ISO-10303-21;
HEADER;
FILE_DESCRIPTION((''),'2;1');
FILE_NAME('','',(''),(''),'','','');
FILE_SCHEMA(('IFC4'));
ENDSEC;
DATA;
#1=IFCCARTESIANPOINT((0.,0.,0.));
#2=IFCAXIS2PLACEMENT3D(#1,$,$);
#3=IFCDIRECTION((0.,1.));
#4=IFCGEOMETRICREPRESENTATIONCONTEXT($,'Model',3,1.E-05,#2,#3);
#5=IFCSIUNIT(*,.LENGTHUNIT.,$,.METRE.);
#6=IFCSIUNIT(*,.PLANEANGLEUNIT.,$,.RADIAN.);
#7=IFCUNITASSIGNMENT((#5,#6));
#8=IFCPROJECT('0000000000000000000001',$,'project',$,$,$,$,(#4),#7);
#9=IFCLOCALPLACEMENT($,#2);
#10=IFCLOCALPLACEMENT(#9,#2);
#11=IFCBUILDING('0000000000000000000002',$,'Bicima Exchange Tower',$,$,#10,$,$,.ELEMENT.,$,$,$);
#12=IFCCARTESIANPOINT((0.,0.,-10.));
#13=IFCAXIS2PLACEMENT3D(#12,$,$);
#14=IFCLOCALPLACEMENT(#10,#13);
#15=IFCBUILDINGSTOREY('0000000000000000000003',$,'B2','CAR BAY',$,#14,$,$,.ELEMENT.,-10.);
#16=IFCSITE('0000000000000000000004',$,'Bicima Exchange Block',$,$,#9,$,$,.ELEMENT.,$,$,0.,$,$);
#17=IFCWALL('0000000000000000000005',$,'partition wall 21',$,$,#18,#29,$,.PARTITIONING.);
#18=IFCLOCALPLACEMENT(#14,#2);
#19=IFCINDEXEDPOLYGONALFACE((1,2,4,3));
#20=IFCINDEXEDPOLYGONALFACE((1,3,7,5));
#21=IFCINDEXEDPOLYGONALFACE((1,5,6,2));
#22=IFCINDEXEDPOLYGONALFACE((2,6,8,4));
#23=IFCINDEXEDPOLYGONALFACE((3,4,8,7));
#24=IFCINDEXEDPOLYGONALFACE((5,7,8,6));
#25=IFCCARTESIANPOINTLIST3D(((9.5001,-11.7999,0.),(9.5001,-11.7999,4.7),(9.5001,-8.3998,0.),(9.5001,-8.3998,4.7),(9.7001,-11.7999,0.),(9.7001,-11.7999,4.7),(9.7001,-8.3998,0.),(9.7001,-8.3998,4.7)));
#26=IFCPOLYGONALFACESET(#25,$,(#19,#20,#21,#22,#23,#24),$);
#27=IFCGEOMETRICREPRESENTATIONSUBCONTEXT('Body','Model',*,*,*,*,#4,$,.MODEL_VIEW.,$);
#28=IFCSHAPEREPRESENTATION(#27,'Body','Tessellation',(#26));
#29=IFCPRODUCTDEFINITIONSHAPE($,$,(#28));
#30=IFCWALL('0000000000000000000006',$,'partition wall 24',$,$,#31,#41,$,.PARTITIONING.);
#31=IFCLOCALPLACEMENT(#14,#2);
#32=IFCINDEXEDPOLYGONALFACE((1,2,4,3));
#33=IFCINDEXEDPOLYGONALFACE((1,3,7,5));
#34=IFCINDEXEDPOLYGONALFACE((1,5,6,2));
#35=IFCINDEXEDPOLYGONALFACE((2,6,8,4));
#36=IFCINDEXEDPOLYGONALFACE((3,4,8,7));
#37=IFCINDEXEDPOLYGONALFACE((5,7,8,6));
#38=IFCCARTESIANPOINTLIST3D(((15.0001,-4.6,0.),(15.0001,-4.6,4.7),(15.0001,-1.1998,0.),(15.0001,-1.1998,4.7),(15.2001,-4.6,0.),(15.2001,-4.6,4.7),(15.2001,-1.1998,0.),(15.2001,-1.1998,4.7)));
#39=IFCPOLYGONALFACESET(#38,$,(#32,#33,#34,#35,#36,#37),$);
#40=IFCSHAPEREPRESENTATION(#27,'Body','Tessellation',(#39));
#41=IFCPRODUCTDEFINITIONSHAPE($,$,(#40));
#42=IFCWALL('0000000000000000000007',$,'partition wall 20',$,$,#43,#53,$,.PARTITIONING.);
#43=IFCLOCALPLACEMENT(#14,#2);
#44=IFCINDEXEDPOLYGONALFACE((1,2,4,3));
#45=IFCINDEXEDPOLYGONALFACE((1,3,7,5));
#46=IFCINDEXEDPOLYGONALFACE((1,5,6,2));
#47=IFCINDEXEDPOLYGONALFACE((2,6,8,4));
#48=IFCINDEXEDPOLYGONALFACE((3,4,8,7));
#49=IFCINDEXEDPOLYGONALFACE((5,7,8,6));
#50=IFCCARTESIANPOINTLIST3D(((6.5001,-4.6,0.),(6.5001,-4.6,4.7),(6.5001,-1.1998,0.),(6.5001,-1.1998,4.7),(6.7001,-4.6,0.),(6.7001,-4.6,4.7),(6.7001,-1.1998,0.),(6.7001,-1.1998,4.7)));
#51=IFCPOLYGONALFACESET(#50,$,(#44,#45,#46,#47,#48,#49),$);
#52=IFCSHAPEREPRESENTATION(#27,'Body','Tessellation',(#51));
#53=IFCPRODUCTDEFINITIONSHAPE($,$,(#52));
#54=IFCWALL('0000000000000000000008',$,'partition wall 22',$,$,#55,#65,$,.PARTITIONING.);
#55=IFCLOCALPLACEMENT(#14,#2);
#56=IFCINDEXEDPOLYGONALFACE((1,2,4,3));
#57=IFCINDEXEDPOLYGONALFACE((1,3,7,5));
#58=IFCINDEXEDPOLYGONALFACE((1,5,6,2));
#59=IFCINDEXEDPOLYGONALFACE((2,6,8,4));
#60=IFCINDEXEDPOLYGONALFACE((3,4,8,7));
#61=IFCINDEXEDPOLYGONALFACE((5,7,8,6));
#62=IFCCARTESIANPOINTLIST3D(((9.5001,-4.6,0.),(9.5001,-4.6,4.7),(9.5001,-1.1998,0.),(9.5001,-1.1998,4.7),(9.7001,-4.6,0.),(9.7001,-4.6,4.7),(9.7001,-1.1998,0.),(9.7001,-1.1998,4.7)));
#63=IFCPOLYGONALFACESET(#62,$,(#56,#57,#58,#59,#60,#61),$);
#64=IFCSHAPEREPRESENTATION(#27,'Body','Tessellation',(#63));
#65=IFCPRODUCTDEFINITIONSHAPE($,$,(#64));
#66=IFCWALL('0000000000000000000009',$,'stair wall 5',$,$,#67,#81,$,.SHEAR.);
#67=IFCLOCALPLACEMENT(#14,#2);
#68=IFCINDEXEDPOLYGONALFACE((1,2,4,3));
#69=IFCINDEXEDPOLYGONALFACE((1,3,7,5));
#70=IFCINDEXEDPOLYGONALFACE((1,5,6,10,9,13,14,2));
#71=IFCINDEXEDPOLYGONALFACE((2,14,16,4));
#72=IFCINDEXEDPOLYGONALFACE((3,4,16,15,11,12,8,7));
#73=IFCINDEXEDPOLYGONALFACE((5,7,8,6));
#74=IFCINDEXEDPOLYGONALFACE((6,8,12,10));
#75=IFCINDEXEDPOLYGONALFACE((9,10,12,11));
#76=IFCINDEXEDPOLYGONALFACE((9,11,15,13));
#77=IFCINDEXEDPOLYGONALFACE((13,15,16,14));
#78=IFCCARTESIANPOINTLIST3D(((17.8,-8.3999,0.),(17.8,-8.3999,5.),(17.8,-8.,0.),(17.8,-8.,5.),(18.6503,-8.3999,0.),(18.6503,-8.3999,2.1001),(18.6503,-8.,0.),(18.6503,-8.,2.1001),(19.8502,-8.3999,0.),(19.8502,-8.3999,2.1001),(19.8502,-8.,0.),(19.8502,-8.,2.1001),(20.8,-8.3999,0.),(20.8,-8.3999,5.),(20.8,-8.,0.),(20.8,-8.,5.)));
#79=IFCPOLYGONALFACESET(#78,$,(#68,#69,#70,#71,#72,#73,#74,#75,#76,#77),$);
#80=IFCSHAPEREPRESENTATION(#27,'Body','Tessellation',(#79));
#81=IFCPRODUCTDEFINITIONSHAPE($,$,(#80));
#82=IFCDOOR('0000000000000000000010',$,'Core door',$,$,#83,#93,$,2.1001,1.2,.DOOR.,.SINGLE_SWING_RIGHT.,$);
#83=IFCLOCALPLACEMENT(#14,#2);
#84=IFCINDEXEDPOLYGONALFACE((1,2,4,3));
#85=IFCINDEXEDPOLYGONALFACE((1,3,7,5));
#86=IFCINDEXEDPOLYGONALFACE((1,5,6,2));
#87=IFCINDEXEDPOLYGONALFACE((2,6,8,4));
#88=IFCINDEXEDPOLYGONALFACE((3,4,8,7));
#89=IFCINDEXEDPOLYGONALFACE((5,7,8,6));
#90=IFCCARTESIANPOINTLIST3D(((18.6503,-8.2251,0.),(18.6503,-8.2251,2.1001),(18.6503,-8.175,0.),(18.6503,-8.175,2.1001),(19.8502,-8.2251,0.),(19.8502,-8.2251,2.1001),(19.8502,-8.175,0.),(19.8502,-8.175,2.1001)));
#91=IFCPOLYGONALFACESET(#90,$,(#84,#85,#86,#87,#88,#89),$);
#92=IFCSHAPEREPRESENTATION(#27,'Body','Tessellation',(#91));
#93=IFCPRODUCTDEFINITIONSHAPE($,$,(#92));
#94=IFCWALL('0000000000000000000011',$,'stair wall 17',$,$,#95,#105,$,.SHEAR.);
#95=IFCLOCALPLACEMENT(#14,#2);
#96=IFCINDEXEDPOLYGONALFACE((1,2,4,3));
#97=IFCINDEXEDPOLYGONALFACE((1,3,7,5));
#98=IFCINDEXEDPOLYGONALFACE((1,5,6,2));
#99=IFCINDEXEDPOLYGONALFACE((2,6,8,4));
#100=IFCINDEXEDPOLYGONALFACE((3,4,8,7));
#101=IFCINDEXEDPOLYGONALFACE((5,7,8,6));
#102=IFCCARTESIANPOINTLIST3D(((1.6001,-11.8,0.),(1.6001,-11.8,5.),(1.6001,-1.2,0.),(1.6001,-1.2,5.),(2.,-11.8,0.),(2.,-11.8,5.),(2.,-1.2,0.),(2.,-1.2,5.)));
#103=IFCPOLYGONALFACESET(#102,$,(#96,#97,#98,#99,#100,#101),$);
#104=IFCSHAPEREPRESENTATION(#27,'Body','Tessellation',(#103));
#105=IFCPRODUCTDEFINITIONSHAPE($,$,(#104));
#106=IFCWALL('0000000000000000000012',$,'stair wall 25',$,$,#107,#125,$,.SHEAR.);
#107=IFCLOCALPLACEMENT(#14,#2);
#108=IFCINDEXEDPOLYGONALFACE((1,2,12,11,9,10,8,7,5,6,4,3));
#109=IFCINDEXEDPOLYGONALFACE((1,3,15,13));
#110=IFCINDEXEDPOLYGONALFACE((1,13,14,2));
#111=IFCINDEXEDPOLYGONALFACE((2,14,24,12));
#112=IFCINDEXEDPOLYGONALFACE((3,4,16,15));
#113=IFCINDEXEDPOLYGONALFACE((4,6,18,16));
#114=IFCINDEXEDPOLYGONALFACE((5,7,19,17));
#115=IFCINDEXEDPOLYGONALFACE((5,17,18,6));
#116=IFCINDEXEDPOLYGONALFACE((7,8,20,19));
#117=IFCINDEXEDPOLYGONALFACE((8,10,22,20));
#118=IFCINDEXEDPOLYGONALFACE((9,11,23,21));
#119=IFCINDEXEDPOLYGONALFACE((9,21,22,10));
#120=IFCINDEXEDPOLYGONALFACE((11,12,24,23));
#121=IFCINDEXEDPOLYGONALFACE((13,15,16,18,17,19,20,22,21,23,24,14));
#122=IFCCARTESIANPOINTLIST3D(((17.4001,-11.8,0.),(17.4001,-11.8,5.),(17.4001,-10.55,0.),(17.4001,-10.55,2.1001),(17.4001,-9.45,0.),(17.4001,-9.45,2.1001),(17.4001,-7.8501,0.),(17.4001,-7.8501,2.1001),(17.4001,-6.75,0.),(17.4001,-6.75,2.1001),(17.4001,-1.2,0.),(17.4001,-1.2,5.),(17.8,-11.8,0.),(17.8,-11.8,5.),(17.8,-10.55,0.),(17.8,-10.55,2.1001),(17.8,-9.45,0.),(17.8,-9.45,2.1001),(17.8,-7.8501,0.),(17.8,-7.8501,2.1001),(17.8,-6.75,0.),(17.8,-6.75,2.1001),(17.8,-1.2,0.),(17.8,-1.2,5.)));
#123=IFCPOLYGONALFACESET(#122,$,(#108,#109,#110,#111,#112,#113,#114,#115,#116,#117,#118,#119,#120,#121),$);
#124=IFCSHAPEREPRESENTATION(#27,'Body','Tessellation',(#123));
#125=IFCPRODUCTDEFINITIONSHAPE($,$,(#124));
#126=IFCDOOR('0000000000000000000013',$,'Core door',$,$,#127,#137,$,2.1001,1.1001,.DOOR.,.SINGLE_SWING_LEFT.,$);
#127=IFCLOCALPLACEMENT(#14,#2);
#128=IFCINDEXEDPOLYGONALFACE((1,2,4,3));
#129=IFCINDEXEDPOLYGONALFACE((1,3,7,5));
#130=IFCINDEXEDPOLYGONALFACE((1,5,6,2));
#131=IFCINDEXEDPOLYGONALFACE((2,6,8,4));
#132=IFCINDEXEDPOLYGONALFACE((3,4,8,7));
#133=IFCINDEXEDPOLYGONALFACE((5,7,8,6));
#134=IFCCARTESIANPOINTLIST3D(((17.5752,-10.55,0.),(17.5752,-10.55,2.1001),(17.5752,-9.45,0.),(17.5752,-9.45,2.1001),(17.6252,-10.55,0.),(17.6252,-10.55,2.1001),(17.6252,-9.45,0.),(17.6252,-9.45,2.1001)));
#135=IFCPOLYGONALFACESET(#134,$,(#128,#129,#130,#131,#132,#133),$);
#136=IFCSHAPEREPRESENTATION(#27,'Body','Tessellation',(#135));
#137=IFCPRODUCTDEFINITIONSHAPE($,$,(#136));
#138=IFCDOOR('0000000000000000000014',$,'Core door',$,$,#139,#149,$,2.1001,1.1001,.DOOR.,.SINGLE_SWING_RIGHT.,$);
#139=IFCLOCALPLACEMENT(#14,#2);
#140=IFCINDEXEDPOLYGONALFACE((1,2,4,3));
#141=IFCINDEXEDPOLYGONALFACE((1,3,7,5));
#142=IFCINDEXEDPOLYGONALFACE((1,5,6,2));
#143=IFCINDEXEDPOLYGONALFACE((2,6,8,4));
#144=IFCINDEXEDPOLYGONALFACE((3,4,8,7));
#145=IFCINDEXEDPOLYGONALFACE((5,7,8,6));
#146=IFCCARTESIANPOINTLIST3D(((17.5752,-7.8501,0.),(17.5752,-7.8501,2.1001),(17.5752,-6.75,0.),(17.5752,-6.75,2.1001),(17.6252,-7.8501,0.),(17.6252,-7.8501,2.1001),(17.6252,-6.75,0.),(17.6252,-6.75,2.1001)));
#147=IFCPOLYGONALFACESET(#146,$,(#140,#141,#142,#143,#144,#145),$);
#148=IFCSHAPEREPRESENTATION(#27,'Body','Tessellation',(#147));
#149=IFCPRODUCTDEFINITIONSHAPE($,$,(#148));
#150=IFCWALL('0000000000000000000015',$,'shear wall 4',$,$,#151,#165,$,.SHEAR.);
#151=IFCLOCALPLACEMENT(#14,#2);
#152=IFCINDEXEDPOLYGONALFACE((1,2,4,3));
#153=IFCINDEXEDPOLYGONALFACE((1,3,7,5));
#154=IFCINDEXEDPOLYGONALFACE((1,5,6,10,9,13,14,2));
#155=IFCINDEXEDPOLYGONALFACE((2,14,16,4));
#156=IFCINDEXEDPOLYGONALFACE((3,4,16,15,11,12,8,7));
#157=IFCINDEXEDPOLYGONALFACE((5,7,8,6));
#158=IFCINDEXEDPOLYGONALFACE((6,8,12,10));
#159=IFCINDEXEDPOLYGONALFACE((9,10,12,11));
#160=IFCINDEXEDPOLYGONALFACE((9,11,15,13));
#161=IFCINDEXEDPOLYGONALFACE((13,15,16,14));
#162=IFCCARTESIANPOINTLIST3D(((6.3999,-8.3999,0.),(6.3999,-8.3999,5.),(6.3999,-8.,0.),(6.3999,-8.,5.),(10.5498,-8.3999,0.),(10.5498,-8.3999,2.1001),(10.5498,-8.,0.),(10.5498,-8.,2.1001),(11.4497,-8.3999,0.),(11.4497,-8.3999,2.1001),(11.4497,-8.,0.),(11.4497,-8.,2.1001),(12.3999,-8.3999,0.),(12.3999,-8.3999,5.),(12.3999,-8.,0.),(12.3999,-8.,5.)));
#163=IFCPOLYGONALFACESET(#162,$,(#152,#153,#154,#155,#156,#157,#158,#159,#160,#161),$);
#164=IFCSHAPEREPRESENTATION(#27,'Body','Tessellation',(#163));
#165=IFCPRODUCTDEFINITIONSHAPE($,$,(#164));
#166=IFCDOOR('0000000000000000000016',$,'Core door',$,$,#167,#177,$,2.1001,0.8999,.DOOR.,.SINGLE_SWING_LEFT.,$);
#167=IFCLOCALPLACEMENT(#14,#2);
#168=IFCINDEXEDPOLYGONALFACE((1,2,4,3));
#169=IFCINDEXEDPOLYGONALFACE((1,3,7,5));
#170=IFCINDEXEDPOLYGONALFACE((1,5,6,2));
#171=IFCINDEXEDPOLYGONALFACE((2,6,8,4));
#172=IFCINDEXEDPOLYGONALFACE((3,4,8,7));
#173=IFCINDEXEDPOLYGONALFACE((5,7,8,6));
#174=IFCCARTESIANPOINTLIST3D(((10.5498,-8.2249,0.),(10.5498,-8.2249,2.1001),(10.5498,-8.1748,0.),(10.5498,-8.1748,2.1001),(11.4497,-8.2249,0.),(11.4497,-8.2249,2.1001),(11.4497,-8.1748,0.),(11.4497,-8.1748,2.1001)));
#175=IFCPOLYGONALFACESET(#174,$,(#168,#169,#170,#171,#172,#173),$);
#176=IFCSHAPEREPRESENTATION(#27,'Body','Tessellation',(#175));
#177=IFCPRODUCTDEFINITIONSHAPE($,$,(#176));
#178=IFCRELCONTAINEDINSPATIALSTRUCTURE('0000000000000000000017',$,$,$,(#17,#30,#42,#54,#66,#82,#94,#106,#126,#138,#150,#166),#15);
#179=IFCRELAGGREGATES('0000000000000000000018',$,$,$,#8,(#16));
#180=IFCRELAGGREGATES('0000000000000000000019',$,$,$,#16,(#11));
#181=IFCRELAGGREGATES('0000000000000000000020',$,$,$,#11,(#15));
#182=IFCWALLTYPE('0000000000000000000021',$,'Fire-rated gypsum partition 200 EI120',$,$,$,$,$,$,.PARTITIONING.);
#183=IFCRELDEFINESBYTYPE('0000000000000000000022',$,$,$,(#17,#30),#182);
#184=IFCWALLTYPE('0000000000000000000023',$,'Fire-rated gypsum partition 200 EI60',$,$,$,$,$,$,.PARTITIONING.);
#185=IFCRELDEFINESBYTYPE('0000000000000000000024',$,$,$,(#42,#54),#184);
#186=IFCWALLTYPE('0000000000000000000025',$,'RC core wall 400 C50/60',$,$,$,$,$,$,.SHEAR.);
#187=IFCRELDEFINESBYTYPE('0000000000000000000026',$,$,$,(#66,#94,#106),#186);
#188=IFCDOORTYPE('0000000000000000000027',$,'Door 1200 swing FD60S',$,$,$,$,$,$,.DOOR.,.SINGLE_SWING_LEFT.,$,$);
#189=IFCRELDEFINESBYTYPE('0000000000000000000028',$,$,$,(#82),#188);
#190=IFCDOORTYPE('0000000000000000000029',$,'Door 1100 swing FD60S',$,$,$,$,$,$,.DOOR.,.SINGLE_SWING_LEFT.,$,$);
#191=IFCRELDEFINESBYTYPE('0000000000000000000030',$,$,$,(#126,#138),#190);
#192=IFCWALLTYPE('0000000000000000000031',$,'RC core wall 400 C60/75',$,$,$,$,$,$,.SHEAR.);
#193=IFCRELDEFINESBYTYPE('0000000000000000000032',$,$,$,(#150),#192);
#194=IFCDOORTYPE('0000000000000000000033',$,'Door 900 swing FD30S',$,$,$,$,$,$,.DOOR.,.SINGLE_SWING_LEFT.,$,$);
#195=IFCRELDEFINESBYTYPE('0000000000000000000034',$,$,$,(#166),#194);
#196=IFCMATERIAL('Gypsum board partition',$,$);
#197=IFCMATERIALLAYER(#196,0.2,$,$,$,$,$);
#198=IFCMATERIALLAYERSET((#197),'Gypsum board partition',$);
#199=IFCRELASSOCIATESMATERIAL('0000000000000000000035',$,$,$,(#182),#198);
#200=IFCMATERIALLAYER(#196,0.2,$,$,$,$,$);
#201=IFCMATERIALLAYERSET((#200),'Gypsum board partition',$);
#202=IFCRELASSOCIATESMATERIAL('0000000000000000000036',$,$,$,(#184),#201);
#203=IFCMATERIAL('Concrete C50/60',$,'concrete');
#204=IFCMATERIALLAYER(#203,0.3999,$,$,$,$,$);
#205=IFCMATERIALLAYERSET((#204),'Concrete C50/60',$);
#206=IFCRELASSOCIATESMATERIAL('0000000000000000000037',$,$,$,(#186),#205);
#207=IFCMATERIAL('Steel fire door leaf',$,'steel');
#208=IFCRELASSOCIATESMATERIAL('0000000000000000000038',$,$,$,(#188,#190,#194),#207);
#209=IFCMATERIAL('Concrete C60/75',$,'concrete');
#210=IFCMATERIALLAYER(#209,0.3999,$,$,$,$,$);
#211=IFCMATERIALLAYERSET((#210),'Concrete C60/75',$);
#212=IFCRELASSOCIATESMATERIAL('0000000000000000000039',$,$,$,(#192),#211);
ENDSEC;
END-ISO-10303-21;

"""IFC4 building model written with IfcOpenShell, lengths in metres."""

from ifc_helpers import new_model, si_unit, direction, frame, frame_2d, origin, place, context, subcontext, project, spatial, rectangle, extrude, material, layer, layer_set, type_object, element, fill, save


model = new_model("IFC4")

# Units and contexts
model_context = context("Model", 3, precision=1e-05, world=origin(), true_north=direction((0.0, 1.0)))
body_context = subcontext(model_context, "Body", "Model", "MODEL_VIEW")
ifc_project = project(units=[si_unit("LENGTHUNIT", "METRE"), si_unit("PLANEANGLEUNIT", "RADIAN")], contexts=[model_context])

# Site, building, storey
site_placement = place(None, origin())
site = spatial("IfcSite", under=ifc_project, at=site_placement, Name="Bicima Exchange Block", CompositionType="ELEMENT", RefElevation=0.0)
building_placement = place(site_placement, origin())
building = spatial("IfcBuilding", under=site, at=building_placement, Name="Bicima Exchange Tower", CompositionType="ELEMENT")
storey_placement = place(building_placement, frame((0.0, 0.0, -10.0)))
storey = spatial("IfcBuildingStorey", under=building, at=storey_placement, Name="B2", Description="CAR BAY", CompositionType="ELEMENT", Elevation=-10.0)

# Walls
ifc_material_1 = material(Name="Gypsum board partition")
ifc_layer_1 = layer(ifc_material_1, 0.2)
ifc_layer_set_1 = layer_set([ifc_layer_1], Name="Gypsum board partition")
wall_type_1 = type_object("IfcWallType", Name="Fire-rated gypsum partition 200 EI120", PredefinedType="PARTITIONING", material=ifc_layer_set_1)
for number, where, z_axis, x_axis, name in (
    (1, (9.6001, -11.8, 0.0), (0.0, 0.0, 1.0), (0.0, 1.0, 0.0), "partition wall 21"),
    (2, (15.1001, -4.6001, 0.0), (0.0, 0.0, 1.0), (0.0, 1.0, 0.0), "partition wall 24"),
):
    element("IfcWall", number, at=place(storey_placement, frame(where, z_axis=z_axis, x_axis=x_axis)), inside=storey, type_object=wall_type_1, Name=name, PredefinedType="PARTITIONING", context=body_context, shape_type="SweptSolid", body=[
        extrude(rectangle(XDim=3.4001, YDim=0.2, at=frame_2d((1.7002, 0.0))), origin(), (0.0, 0.0, 1.0), 4.7),
    ])
ifc_layer_2 = layer(ifc_material_1, 0.2)
ifc_layer_set_2 = layer_set([ifc_layer_2], Name="Gypsum board partition")
wall_type_2 = type_object("IfcWallType", Name="Fire-rated gypsum partition 200 EI60", PredefinedType="PARTITIONING", material=ifc_layer_set_2)
for number, where, z_axis, x_axis, name in (
    (3, (6.6001, -4.6001, 0.0), (0.0, 0.0, 1.0), (0.0, 1.0, 0.0), "partition wall 20"),
    (4, (9.6001, -4.6001, 0.0), (0.0, 0.0, 1.0), (0.0, 1.0, 0.0), "partition wall 22"),
):
    element("IfcWall", number, at=place(storey_placement, frame(where, z_axis=z_axis, x_axis=x_axis)), inside=storey, type_object=wall_type_2, Name=name, PredefinedType="PARTITIONING", context=body_context, shape_type="SweptSolid", body=[
        extrude(rectangle(XDim=3.4001, YDim=0.2, at=frame_2d((1.7002, 0.0))), origin(), (0.0, 0.0, 1.0), 4.7),
    ])

# Wall, opening, door
ifc_material_2 = material(Name="Concrete C50/60", Category="concrete")
ifc_layer_3 = layer(ifc_material_2, 0.3999)
ifc_layer_set_3 = layer_set([ifc_layer_3], Name="Concrete C50/60")
wall_type_3 = type_object("IfcWallType", Name="RC core wall 400 C50/60", PredefinedType="SHEAR", material=ifc_layer_set_3)
wall_1_placement = place(storey_placement, frame((17.8, -8.2, 0.0), z_axis=(0.0, 0.0, 1.0), x_axis=(1.0, 0.0, 0.0)))
wall_1 = element("IfcWall", 5, at=wall_1_placement, inside=storey, type_object=wall_type_3, Name="stair wall 5", PredefinedType="SHEAR", context=body_context, shape_type="SweptSolid", body=[
    extrude(rectangle(XDim=3.0, YDim=0.3999, at=frame_2d((1.5, 0.0))), origin(), (0.0, 0.0, 1.0), 5.0),
])
opening_1_placement = place(wall_1_placement, frame((0.8501, 0.0, 0.0)))
opening_1 = element("IfcOpeningElement", 6, at=opening_1_placement, cuts=wall_1, PredefinedType="OPENING", context=body_context, shape_type="SweptSolid", body=[
    extrude(rectangle(XDim=1.2, YDim=2.1001, at=frame_2d((0.6001, 1.05))), frame((0.0, 0.2119, 0.0), z_axis=(0.0, -1.0, 0.0), x_axis=(1.0, 0.0, 0.0)), (0.0, 0.0, 1.0), 0.4238),
])
ifc_material_3 = material(Name="Steel fire door leaf", Category="steel")
door_type_1 = type_object("IfcDoorType", Name="Door 1200 swing FD60S", OperationType="SINGLE_SWING_LEFT", PredefinedType="DOOR", material=ifc_material_3)
door_1_placement = place(opening_1_placement, origin())
door_1 = element("IfcDoor", 7, at=door_1_placement, inside=storey, type_object=door_type_1, Name="Core door", OperationType="SINGLE_SWING_RIGHT", OverallHeight=2.1001, OverallWidth=1.2, PredefinedType="DOOR", context=body_context, shape_type="SweptSolid", body=[
    extrude(rectangle(XDim=1.2, YDim=2.1001, at=frame_2d((0.6001, 1.05))), frame((0.0, 0.0249, 0.0), z_axis=(0.0, -1.0, 0.0), x_axis=(1.0, 0.0, 0.0)), (0.0, 0.0, 1.0), 0.05),
])
fill(opening_1, door_1)

# Wall
wall_2_placement = place(storey_placement, frame((1.8, -11.8, 0.0), z_axis=(0.0, 0.0, 1.0), x_axis=(0.0, 1.0, 0.0)))
element("IfcWall", 8, at=wall_2_placement, inside=storey, type_object=wall_type_3, Name="stair wall 17", PredefinedType="SHEAR", context=body_context, shape_type="SweptSolid", body=[
    extrude(rectangle(XDim=10.6001, YDim=0.3999, at=frame_2d((5.3, 0.0))), origin(), (0.0, 0.0, 1.0), 5.0),
])

# Wall, openings, doors
wall_3_placement = place(storey_placement, frame((17.6001, -11.8, 0.0), z_axis=(0.0, 0.0, 1.0), x_axis=(0.0, 1.0, 0.0)))
wall_3 = element("IfcWall", 9, at=wall_3_placement, inside=storey, type_object=wall_type_3, Name="stair wall 25", PredefinedType="SHEAR", context=body_context, shape_type="SweptSolid", body=[
    extrude(rectangle(XDim=10.6001, YDim=0.3999, at=frame_2d((5.3, 0.0))), origin(), (0.0, 0.0, 1.0), 5.0),
])
opening_2_placement = place(wall_3_placement, frame((1.25, 0.0, 0.0)))
opening_2 = element("IfcOpeningElement", 10, at=opening_2_placement, cuts=wall_3, PredefinedType="OPENING", context=body_context, shape_type="SweptSolid", body=[
    extrude(rectangle(XDim=1.1001, YDim=2.1001, at=frame_2d((0.55, 1.05))), frame((0.0, 0.2119, 0.0), z_axis=(0.0, -1.0, 0.0), x_axis=(1.0, 0.0, 0.0)), (0.0, 0.0, 1.0), 0.4238),
])
opening_3_placement = place(wall_3_placement, frame((3.95, 0.0, 0.0)))
opening_3 = element("IfcOpeningElement", 11, at=opening_3_placement, cuts=wall_3, PredefinedType="OPENING", context=body_context, shape_type="SweptSolid", body=[
    extrude(rectangle(XDim=1.1001, YDim=2.1001, at=frame_2d((0.55, 1.05))), frame((0.0, 0.2119, 0.0), z_axis=(0.0, -1.0, 0.0), x_axis=(1.0, 0.0, 0.0)), (0.0, 0.0, 1.0), 0.4238),
])
door_type_2 = type_object("IfcDoorType", Name="Door 1100 swing FD60S", OperationType="SINGLE_SWING_LEFT", PredefinedType="DOOR", material=ifc_material_3)
door_2_placement = place(opening_2_placement, origin())
door_2 = element("IfcDoor", 12, at=door_2_placement, inside=storey, type_object=door_type_2, Name="Core door", OperationType="SINGLE_SWING_LEFT", OverallHeight=2.1001, OverallWidth=1.1001, PredefinedType="DOOR", context=body_context, shape_type="SweptSolid", body=[
    extrude(rectangle(XDim=1.1001, YDim=2.1001, at=frame_2d((0.55, 1.05))), frame((0.0, 0.0249, 0.0), z_axis=(0.0, -1.0, 0.0), x_axis=(1.0, 0.0, 0.0)), (0.0, 0.0, 1.0), 0.05),
])
fill(opening_2, door_2)
door_3_placement = place(opening_3_placement, origin())
door_3 = element("IfcDoor", 13, at=door_3_placement, inside=storey, type_object=door_type_2, Name="Core door", OperationType="SINGLE_SWING_RIGHT", OverallHeight=2.1001, OverallWidth=1.1001, PredefinedType="DOOR", context=body_context, shape_type="SweptSolid", body=[
    extrude(rectangle(XDim=1.1001, YDim=2.1001, at=frame_2d((0.55, 1.05))), frame((0.0, 0.0249, 0.0), z_axis=(0.0, -1.0, 0.0), x_axis=(1.0, 0.0, 0.0)), (0.0, 0.0, 1.0), 0.05),
])
fill(opening_3, door_3)

# Wall, opening, door
ifc_material_4 = material(Name="Concrete C60/75", Category="concrete")
ifc_layer_4 = layer(ifc_material_4, 0.3999)
ifc_layer_set_4 = layer_set([ifc_layer_4], Name="Concrete C60/75")
wall_type_4 = type_object("IfcWallType", Name="RC core wall 400 C60/75", PredefinedType="SHEAR", material=ifc_layer_set_4)
wall_4_placement = place(storey_placement, frame((6.3999, -8.2, 0.0), z_axis=(0.0, 0.0, 1.0), x_axis=(1.0, 0.0, 0.0)))
wall_4 = element("IfcWall", 14, at=wall_4_placement, inside=storey, type_object=wall_type_4, Name="shear wall 4", PredefinedType="SHEAR", context=body_context, shape_type="SweptSolid", body=[
    extrude(rectangle(XDim=6.0, YDim=0.3999, at=frame_2d((3.0, 0.0))), origin(), (0.0, 0.0, 1.0), 5.0),
])
opening_4_placement = place(wall_4_placement, frame((4.1499, 0.0, 0.0)))
opening_4 = element("IfcOpeningElement", 15, at=opening_4_placement, cuts=wall_4, PredefinedType="OPENING", context=body_context, shape_type="SweptSolid", body=[
    extrude(rectangle(XDim=0.8999, YDim=2.1001, at=frame_2d((0.45, 1.05))), frame((0.0, 0.2119, 0.0), z_axis=(0.0, -1.0, 0.0), x_axis=(1.0, 0.0, 0.0)), (0.0, 0.0, 1.0), 0.4238),
])
door_type_3 = type_object("IfcDoorType", Name="Door 900 swing FD30S", OperationType="SINGLE_SWING_LEFT", PredefinedType="DOOR", material=ifc_material_3)
door_4_placement = place(opening_4_placement, frame((0.8999, 0.0, 0.0), z_axis=(0.0, 0.0, 1.0), x_axis=(-1.0, 0.0, 0.0)))
door_4 = element("IfcDoor", 16, at=door_4_placement, inside=storey, type_object=door_type_3, Name="Core door", OperationType="SINGLE_SWING_LEFT", OverallHeight=2.1001, OverallWidth=0.8999, PredefinedType="DOOR", context=body_context, shape_type="SweptSolid", body=[
    extrude(rectangle(XDim=0.8999, YDim=2.1001, at=frame_2d((0.45, 1.05))), frame((0.0, 0.0249, 0.0), z_axis=(0.0, -1.0, 0.0), x_axis=(1.0, 0.0, 0.0)), (0.0, 0.0, 1.0), 0.05),
])
fill(opening_4, door_4)

save(model, "model.ifc")
